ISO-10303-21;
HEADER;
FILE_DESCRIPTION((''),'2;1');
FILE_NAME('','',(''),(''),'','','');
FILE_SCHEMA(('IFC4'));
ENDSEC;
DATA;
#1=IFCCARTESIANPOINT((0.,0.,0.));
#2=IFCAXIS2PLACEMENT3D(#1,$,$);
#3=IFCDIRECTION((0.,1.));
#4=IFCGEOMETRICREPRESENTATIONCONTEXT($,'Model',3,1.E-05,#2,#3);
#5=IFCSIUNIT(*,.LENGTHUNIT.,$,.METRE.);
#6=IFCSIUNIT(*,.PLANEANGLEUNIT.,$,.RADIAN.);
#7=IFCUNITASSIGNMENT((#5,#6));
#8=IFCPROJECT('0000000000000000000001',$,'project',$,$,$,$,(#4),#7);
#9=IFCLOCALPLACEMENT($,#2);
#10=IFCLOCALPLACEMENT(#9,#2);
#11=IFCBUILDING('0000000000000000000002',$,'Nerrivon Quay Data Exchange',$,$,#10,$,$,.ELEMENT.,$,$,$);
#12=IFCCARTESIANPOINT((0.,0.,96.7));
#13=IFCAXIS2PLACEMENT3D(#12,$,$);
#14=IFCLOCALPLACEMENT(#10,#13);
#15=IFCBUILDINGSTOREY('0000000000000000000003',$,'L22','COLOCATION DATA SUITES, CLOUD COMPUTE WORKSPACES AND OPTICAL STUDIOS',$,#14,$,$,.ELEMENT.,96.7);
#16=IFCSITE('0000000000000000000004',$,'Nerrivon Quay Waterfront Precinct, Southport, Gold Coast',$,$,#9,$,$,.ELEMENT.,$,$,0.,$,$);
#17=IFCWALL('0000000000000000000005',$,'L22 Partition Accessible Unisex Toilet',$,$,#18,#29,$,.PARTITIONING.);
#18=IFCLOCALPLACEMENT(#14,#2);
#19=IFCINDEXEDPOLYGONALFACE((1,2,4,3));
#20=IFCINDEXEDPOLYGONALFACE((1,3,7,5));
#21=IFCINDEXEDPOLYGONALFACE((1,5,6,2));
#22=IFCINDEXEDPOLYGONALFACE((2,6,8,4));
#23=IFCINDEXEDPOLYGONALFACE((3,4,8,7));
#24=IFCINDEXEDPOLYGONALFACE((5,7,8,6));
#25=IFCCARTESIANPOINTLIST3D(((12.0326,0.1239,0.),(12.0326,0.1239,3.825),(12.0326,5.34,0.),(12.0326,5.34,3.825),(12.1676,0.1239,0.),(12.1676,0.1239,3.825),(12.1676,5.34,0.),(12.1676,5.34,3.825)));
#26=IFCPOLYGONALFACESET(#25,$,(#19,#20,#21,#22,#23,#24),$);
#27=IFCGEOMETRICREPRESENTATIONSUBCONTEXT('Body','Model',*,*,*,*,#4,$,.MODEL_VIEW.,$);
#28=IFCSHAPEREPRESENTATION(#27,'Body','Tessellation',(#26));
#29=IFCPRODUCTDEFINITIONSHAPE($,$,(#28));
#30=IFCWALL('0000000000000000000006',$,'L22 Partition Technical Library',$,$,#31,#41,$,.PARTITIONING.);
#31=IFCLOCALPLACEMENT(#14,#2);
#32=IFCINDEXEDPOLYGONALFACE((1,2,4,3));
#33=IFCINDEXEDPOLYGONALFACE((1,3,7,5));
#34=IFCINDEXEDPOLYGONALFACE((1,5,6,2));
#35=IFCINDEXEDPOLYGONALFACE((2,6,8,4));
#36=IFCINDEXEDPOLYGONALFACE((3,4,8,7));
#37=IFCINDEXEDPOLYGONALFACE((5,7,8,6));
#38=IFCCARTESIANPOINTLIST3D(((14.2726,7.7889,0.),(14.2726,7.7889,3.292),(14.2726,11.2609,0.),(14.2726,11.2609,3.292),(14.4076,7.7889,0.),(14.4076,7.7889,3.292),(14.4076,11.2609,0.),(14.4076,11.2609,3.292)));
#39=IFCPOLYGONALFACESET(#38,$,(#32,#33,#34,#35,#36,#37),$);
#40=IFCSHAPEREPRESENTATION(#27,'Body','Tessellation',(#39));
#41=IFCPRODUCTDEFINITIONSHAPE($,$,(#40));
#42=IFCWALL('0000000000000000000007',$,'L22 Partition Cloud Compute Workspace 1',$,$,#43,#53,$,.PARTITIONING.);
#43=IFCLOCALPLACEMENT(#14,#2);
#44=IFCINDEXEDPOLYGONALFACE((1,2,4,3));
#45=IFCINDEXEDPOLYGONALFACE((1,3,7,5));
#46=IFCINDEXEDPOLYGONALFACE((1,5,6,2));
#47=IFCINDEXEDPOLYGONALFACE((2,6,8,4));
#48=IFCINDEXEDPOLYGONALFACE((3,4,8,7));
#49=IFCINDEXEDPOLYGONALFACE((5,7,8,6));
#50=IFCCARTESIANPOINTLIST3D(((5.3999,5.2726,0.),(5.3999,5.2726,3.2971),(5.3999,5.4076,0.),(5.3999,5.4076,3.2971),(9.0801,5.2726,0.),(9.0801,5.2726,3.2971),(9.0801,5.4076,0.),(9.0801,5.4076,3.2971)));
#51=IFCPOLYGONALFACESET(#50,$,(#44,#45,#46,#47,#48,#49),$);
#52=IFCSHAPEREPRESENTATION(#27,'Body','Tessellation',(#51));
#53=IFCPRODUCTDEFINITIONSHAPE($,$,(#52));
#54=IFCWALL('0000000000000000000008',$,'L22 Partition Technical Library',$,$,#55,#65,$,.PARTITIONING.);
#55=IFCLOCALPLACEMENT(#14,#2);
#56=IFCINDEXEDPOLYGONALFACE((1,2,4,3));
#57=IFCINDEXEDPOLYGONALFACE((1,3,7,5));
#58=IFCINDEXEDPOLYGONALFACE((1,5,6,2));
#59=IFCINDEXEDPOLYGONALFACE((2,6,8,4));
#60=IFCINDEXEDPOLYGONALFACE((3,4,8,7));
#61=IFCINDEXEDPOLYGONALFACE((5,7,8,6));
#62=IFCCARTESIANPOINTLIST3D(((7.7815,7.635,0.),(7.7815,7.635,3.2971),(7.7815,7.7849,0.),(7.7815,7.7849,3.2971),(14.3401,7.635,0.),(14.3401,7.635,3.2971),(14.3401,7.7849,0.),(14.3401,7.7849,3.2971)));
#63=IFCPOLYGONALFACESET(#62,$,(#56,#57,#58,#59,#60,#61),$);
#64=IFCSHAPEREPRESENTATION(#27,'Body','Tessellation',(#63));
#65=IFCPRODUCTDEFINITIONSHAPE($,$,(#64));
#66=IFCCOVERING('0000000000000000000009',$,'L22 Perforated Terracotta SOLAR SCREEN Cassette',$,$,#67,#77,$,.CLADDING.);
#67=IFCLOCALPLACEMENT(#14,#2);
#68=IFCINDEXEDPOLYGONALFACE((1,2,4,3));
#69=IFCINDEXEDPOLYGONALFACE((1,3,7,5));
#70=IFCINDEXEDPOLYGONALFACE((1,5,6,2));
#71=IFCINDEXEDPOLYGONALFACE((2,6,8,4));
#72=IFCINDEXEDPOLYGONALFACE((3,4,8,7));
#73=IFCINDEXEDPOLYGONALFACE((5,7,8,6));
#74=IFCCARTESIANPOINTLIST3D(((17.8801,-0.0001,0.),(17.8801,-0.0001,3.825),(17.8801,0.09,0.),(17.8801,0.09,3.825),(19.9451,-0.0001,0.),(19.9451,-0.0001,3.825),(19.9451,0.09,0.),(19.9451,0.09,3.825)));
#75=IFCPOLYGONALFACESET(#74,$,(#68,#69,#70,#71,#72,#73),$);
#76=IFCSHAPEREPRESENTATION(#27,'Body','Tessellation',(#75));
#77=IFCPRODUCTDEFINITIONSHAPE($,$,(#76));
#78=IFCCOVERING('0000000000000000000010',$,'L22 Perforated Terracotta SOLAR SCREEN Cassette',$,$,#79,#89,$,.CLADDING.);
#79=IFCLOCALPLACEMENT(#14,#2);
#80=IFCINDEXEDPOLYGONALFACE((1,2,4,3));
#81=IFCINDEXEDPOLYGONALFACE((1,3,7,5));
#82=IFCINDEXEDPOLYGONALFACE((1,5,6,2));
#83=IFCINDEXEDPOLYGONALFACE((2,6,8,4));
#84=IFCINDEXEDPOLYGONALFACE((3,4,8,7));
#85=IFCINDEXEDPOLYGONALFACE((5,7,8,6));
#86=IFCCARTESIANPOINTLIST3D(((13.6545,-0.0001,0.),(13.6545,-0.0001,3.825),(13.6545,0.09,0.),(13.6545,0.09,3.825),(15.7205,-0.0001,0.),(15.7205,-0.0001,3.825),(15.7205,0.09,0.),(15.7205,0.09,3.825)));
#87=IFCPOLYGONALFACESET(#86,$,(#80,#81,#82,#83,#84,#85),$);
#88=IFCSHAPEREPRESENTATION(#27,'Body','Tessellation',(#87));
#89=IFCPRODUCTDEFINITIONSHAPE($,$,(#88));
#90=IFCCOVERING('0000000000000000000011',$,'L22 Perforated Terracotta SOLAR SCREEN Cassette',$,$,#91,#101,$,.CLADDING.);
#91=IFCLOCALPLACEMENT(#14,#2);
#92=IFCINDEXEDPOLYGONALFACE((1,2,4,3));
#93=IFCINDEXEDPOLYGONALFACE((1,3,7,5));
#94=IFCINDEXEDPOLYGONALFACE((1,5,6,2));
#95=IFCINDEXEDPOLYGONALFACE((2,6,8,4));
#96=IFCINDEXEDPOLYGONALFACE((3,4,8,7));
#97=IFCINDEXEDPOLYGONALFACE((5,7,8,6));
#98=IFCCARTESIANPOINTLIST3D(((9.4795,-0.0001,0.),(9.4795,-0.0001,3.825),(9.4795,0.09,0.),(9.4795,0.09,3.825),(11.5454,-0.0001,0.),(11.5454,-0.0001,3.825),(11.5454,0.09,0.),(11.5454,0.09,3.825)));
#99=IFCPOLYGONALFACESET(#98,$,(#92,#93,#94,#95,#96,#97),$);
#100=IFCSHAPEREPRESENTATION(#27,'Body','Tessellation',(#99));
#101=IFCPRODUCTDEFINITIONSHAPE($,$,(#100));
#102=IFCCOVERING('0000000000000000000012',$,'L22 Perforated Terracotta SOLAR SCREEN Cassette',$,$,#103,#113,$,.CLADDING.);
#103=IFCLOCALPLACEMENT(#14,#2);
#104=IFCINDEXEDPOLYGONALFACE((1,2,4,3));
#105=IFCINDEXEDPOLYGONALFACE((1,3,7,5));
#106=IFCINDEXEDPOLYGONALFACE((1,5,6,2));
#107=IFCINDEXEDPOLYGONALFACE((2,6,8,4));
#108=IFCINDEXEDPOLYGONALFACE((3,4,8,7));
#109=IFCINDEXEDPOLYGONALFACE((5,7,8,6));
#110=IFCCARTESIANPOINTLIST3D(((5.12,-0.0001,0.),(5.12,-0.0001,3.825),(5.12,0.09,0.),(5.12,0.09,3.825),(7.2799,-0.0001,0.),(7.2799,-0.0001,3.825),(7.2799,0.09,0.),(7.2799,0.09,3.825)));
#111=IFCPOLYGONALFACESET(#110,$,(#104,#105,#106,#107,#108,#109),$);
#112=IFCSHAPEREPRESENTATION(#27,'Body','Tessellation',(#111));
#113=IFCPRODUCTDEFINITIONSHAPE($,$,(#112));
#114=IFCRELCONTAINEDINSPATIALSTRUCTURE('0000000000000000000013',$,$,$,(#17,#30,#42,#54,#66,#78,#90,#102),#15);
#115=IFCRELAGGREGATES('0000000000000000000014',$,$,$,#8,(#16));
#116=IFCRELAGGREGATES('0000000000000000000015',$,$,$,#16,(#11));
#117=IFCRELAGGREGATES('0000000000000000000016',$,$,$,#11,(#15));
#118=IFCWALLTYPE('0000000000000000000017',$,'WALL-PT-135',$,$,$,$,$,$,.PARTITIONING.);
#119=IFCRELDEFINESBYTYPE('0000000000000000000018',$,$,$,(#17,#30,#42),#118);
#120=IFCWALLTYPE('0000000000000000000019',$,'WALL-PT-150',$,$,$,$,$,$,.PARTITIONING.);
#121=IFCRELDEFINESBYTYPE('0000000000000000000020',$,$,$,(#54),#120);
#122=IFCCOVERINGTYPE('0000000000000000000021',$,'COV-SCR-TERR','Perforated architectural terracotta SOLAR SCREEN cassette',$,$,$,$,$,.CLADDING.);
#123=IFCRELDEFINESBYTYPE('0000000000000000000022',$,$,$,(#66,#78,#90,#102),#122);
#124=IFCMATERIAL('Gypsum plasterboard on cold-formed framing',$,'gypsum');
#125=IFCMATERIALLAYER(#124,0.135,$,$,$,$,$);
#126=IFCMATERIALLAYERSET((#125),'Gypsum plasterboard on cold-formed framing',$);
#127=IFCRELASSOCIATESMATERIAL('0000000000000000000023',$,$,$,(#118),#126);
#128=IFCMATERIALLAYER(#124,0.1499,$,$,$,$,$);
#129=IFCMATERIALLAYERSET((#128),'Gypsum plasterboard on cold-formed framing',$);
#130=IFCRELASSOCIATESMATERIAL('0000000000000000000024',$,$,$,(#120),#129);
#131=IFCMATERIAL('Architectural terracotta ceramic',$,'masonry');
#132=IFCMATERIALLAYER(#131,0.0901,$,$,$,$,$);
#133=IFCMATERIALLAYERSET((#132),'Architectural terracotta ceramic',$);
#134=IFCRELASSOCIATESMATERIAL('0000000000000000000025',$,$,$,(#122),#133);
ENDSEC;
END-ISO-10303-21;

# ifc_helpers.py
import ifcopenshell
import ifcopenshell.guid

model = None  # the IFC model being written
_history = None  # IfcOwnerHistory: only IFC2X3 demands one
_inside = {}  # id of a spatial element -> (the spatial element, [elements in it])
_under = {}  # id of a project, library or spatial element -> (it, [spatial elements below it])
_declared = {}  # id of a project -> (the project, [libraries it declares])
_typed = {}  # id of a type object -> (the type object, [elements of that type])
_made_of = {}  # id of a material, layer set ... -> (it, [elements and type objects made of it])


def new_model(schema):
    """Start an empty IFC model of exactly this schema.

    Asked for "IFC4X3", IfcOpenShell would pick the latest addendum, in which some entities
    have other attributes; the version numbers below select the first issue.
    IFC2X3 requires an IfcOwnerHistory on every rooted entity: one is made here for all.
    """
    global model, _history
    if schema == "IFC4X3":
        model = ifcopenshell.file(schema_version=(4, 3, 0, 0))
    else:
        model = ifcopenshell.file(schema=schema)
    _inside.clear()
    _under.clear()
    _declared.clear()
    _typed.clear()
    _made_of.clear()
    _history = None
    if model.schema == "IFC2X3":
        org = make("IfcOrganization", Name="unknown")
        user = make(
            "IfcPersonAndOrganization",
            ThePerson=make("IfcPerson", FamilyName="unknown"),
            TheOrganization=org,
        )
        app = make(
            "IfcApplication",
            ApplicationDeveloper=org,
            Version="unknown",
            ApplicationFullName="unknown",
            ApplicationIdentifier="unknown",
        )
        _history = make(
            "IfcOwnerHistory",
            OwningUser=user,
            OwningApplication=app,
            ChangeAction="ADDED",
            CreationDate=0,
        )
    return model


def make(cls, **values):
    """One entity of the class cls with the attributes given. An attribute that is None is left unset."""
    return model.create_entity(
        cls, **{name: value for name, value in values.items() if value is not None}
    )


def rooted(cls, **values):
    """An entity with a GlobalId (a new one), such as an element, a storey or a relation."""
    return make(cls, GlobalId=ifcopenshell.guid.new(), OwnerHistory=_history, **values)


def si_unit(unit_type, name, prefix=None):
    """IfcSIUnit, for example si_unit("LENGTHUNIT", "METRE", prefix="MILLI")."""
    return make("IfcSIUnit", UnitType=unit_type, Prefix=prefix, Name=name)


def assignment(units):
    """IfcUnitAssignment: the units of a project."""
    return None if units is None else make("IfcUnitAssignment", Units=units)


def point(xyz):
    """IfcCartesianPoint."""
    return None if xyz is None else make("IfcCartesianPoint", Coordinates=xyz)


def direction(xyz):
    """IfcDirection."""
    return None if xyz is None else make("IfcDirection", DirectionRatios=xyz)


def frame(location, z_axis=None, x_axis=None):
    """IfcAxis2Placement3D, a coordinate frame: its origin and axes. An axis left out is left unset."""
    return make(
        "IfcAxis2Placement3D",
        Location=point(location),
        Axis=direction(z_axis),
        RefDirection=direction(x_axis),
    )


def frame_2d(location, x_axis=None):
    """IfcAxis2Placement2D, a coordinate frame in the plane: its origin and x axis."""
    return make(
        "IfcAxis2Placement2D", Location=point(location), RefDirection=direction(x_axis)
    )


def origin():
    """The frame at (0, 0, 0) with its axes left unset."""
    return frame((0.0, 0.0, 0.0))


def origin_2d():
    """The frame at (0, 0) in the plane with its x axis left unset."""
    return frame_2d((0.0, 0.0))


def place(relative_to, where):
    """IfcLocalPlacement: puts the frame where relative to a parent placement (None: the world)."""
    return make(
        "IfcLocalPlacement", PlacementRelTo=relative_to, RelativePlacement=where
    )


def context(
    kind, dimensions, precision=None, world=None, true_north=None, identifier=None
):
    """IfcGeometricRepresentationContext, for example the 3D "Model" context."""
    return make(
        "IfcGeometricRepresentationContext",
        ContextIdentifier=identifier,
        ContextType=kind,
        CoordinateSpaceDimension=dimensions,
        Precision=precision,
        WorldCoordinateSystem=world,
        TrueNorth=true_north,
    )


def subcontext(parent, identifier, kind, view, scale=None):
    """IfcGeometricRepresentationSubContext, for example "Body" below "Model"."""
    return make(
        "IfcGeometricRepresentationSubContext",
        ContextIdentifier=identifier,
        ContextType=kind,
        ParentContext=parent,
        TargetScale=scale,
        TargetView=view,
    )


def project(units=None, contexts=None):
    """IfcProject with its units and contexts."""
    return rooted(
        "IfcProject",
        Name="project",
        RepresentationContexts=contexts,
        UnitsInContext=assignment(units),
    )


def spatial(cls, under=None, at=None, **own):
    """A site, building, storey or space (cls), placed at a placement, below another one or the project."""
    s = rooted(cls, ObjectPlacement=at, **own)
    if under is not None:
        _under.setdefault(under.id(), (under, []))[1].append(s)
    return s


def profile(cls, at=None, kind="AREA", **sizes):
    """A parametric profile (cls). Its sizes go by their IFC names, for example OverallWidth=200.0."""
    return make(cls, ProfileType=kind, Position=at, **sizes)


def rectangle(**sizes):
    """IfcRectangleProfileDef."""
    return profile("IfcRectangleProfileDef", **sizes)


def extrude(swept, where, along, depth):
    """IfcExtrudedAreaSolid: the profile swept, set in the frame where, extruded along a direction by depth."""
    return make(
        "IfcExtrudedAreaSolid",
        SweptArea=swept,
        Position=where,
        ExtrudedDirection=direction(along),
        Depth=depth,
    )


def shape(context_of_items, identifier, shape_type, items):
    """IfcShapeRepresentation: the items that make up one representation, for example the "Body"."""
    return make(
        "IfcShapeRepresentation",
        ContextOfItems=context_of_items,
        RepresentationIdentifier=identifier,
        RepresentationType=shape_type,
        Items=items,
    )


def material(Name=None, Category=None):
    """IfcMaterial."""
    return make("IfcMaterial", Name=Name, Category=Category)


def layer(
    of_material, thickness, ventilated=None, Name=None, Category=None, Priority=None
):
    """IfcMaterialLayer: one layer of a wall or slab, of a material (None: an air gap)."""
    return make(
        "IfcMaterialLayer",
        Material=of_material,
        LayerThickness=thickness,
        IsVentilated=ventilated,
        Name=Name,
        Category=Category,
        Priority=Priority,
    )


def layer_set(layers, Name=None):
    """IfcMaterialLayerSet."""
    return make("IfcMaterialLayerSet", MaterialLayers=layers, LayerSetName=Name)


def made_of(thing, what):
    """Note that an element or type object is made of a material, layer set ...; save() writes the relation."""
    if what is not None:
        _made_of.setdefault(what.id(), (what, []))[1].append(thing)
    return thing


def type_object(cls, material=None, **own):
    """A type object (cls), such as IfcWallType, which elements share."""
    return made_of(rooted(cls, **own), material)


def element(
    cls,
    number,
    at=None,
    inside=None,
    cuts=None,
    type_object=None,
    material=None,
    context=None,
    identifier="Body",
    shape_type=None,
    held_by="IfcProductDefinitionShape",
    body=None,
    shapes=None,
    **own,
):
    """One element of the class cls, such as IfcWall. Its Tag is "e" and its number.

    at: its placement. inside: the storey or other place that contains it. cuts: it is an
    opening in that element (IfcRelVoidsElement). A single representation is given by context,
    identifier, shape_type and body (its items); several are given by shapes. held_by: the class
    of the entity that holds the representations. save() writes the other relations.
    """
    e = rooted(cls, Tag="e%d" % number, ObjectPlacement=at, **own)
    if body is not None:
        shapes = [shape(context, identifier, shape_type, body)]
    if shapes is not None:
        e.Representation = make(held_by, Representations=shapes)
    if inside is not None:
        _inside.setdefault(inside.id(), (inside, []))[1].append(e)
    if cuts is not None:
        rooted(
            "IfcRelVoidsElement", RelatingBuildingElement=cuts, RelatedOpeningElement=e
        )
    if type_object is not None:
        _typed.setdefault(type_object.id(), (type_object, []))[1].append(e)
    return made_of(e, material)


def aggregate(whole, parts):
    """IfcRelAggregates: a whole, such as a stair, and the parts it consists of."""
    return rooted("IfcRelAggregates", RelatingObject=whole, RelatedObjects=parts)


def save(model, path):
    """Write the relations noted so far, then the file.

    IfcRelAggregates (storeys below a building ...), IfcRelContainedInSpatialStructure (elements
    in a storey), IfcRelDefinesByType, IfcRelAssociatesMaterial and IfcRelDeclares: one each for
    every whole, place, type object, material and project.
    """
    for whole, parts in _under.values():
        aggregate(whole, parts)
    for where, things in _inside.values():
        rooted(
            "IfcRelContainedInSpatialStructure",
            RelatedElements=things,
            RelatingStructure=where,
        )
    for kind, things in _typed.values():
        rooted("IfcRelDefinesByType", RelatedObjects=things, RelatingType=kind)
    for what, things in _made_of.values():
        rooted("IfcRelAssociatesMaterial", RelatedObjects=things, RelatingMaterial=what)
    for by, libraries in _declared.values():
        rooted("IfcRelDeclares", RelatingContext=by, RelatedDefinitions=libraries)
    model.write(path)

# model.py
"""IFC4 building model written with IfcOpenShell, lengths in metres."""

from ifc_helpers import new_model, si_unit, direction, frame, frame_2d, origin, origin_2d, place, context, subcontext, project, spatial, rectangle, extrude, material, layer, layer_set, type_object, element, save


model = new_model("IFC4")

# Units and contexts
model_context = context("Model", 3, precision=1e-05, world=origin(), true_north=direction((0.0, 1.0)))
body_context = subcontext(model_context, "Body", "Model", "MODEL_VIEW")
ifc_project = project(units=[si_unit("LENGTHUNIT", "METRE"), si_unit("PLANEANGLEUNIT", "RADIAN")], contexts=[model_context])

# Site, building, storey
site_placement = place(None, origin())
site = spatial("IfcSite", under=ifc_project, at=site_placement, Name="Nerrivon Quay Waterfront Precinct, Southport, Gold Coast", CompositionType="ELEMENT", RefElevation=0.0)
building_placement = place(site_placement, origin())
building = spatial("IfcBuilding", under=site, at=building_placement, Name="Nerrivon Quay Data Exchange", CompositionType="ELEMENT")
storey_placement = place(building_placement, frame((0.0, 0.0, 96.7)))
storey = spatial("IfcBuildingStorey", under=building, at=storey_placement, Name="L22", Description="COLOCATION DATA SUITES, CLOUD COMPUTE WORKSPACES AND OPTICAL STUDIOS", CompositionType="ELEMENT", Elevation=96.7)

# Shared definitions
ifc_material_1 = material(Name="Gypsum plasterboard on cold-formed framing", Category="gypsum")

# Walls
ifc_layer_1 = layer(ifc_material_1, 0.135)
ifc_layer_set_1 = layer_set([ifc_layer_1], Name="Gypsum plasterboard on cold-formed framing")
wall_type_1 = type_object("IfcWallType", Name="WALL-PT-135", PredefinedType="PARTITIONING", material=ifc_layer_set_1)
for number, where, z_axis, x_axis, name in (
    (1, (12.1001, 0.124, 0.0), (0.0, 0.0, 1.0), (0.0, 1.0, 0.0), "L22 Partition Accessible Unisex Toilet"),
):
    element("IfcWall", number, at=place(storey_placement, frame(where, z_axis=z_axis, x_axis=x_axis)), inside=storey, type_object=wall_type_1, Name=name, PredefinedType="PARTITIONING", context=body_context, shape_type="SweptSolid", body=[
        extrude(rectangle(XDim=5.2161, YDim=0.135, at=frame_2d((2.6079, 0.0))), origin(), (0.0, 0.0, 1.0), 3.825),
    ])
wall_1_placement = place(storey_placement, frame((14.3401, 7.7891, 0.0), z_axis=(0.0, 0.0, 1.0), x_axis=(0.0, 1.0, 0.0)))
element("IfcWall", 2, at=wall_1_placement, inside=storey, type_object=wall_type_1, Name="L22 Partition Technical Library", PredefinedType="PARTITIONING", context=body_context, shape_type="SweptSolid", body=[
    extrude(rectangle(XDim=3.4719, YDim=0.135, at=frame_2d((1.7358, 0.0))), origin(), (0.0, 0.0, 1.0), 3.292),
])
wall_2_placement = place(storey_placement, frame((9.0801, 5.3401, 0.0), z_axis=(0.0, 0.0, 1.0), x_axis=(-1.0, 0.0, 0.0)))
element("IfcWall", 3, at=wall_2_placement, inside=storey, type_object=wall_type_1, Name="L22 Partition Cloud Compute Workspace 1", PredefinedType="PARTITIONING", context=body_context, shape_type="SweptSolid", body=[
    extrude(rectangle(XDim=3.6802, YDim=0.135, at=frame_2d((1.8401, 0.0))), origin(), (0.0, 0.0, 1.0), 3.2971),
])
ifc_layer_2 = layer(ifc_material_1, 0.1499)
ifc_layer_set_2 = layer_set([ifc_layer_2], Name="Gypsum plasterboard on cold-formed framing")
wall_type_2 = type_object("IfcWallType", Name="WALL-PT-150", PredefinedType="PARTITIONING", material=ifc_layer_set_2)
wall_3_placement = place(storey_placement, frame((7.7815, 7.71, 0.0), z_axis=(0.0, 0.0, 1.0), x_axis=(1.0, 0.0, 0.0)))
element("IfcWall", 4, at=wall_3_placement, inside=storey, type_object=wall_type_2, Name="L22 Partition Technical Library", PredefinedType="PARTITIONING", context=body_context, shape_type="SweptSolid", body=[
    extrude(rectangle(XDim=6.5586, YDim=0.1499, at=frame_2d((3.2793, 0.0))), origin(), (0.0, 0.0, 1.0), 3.2971),
])

# Coverings
ifc_material_2 = material(Name="Architectural terracotta ceramic", Category="masonry")
ifc_layer_3 = layer(ifc_material_2, 0.0901)
ifc_layer_set_3 = layer_set([ifc_layer_3], Name="Architectural terracotta ceramic")
covering_type = type_object("IfcCoveringType", Name="COV-SCR-TERR", Description="Perforated architectural terracotta SOLAR SCREEN cassette", PredefinedType="CLADDING", material=ifc_layer_set_3)
covering_1_placement = place(storey_placement, frame((18.9126, 0.0449, 0.0), z_axis=(0.0, 0.0, 1.0), x_axis=(-1.0, 0.0, 0.0)))
element("IfcCovering", 5, at=covering_1_placement, inside=storey, type_object=covering_type, Name="L22 Perforated Terracotta SOLAR SCREEN Cassette", PredefinedType="CLADDING", context=body_context, shape_type="SweptSolid", body=[
    extrude(rectangle(XDim=2.0649, YDim=0.0901, at=origin_2d()), origin(), (0.0, 0.0, 1.0), 3.825),
])
for number, where, z_axis, x_axis, name in (
    (6, (14.6875, 0.0449, 0.0), (0.0, 0.0, 1.0), (-1.0, 0.0, 0.0), "L22 Perforated Terracotta SOLAR SCREEN Cassette"),
    (7, (10.5125, 0.0449, 0.0), (0.0, 0.0, 1.0), (-1.0, 0.0, 0.0), "L22 Perforated Terracotta SOLAR SCREEN Cassette"),
):
    element("IfcCovering", number, at=place(storey_placement, frame(where, z_axis=z_axis, x_axis=x_axis)), inside=storey, type_object=covering_type, Name=name, PredefinedType="CLADDING", context=body_context, shape_type="SweptSolid", body=[
        extrude(rectangle(XDim=2.0659, YDim=0.0901, at=origin_2d()), origin(), (0.0, 0.0, 1.0), 3.825),
    ])
covering_2_placement = place(storey_placement, frame((6.2, 0.0449, 0.0), z_axis=(0.0, 0.0, 1.0), x_axis=(-1.0, 0.0, 0.0)))
element("IfcCovering", 8, at=covering_2_placement, inside=storey, type_object=covering_type, Name="L22 Perforated Terracotta SOLAR SCREEN Cassette", PredefinedType="CLADDING", context=body_context, shape_type="SweptSolid", body=[
    extrude(rectangle(XDim=2.1599, YDim=0.0901, at=origin_2d()), origin(), (0.0, 0.0, 1.0), 3.825),
])

save(model, "model.ifc")
